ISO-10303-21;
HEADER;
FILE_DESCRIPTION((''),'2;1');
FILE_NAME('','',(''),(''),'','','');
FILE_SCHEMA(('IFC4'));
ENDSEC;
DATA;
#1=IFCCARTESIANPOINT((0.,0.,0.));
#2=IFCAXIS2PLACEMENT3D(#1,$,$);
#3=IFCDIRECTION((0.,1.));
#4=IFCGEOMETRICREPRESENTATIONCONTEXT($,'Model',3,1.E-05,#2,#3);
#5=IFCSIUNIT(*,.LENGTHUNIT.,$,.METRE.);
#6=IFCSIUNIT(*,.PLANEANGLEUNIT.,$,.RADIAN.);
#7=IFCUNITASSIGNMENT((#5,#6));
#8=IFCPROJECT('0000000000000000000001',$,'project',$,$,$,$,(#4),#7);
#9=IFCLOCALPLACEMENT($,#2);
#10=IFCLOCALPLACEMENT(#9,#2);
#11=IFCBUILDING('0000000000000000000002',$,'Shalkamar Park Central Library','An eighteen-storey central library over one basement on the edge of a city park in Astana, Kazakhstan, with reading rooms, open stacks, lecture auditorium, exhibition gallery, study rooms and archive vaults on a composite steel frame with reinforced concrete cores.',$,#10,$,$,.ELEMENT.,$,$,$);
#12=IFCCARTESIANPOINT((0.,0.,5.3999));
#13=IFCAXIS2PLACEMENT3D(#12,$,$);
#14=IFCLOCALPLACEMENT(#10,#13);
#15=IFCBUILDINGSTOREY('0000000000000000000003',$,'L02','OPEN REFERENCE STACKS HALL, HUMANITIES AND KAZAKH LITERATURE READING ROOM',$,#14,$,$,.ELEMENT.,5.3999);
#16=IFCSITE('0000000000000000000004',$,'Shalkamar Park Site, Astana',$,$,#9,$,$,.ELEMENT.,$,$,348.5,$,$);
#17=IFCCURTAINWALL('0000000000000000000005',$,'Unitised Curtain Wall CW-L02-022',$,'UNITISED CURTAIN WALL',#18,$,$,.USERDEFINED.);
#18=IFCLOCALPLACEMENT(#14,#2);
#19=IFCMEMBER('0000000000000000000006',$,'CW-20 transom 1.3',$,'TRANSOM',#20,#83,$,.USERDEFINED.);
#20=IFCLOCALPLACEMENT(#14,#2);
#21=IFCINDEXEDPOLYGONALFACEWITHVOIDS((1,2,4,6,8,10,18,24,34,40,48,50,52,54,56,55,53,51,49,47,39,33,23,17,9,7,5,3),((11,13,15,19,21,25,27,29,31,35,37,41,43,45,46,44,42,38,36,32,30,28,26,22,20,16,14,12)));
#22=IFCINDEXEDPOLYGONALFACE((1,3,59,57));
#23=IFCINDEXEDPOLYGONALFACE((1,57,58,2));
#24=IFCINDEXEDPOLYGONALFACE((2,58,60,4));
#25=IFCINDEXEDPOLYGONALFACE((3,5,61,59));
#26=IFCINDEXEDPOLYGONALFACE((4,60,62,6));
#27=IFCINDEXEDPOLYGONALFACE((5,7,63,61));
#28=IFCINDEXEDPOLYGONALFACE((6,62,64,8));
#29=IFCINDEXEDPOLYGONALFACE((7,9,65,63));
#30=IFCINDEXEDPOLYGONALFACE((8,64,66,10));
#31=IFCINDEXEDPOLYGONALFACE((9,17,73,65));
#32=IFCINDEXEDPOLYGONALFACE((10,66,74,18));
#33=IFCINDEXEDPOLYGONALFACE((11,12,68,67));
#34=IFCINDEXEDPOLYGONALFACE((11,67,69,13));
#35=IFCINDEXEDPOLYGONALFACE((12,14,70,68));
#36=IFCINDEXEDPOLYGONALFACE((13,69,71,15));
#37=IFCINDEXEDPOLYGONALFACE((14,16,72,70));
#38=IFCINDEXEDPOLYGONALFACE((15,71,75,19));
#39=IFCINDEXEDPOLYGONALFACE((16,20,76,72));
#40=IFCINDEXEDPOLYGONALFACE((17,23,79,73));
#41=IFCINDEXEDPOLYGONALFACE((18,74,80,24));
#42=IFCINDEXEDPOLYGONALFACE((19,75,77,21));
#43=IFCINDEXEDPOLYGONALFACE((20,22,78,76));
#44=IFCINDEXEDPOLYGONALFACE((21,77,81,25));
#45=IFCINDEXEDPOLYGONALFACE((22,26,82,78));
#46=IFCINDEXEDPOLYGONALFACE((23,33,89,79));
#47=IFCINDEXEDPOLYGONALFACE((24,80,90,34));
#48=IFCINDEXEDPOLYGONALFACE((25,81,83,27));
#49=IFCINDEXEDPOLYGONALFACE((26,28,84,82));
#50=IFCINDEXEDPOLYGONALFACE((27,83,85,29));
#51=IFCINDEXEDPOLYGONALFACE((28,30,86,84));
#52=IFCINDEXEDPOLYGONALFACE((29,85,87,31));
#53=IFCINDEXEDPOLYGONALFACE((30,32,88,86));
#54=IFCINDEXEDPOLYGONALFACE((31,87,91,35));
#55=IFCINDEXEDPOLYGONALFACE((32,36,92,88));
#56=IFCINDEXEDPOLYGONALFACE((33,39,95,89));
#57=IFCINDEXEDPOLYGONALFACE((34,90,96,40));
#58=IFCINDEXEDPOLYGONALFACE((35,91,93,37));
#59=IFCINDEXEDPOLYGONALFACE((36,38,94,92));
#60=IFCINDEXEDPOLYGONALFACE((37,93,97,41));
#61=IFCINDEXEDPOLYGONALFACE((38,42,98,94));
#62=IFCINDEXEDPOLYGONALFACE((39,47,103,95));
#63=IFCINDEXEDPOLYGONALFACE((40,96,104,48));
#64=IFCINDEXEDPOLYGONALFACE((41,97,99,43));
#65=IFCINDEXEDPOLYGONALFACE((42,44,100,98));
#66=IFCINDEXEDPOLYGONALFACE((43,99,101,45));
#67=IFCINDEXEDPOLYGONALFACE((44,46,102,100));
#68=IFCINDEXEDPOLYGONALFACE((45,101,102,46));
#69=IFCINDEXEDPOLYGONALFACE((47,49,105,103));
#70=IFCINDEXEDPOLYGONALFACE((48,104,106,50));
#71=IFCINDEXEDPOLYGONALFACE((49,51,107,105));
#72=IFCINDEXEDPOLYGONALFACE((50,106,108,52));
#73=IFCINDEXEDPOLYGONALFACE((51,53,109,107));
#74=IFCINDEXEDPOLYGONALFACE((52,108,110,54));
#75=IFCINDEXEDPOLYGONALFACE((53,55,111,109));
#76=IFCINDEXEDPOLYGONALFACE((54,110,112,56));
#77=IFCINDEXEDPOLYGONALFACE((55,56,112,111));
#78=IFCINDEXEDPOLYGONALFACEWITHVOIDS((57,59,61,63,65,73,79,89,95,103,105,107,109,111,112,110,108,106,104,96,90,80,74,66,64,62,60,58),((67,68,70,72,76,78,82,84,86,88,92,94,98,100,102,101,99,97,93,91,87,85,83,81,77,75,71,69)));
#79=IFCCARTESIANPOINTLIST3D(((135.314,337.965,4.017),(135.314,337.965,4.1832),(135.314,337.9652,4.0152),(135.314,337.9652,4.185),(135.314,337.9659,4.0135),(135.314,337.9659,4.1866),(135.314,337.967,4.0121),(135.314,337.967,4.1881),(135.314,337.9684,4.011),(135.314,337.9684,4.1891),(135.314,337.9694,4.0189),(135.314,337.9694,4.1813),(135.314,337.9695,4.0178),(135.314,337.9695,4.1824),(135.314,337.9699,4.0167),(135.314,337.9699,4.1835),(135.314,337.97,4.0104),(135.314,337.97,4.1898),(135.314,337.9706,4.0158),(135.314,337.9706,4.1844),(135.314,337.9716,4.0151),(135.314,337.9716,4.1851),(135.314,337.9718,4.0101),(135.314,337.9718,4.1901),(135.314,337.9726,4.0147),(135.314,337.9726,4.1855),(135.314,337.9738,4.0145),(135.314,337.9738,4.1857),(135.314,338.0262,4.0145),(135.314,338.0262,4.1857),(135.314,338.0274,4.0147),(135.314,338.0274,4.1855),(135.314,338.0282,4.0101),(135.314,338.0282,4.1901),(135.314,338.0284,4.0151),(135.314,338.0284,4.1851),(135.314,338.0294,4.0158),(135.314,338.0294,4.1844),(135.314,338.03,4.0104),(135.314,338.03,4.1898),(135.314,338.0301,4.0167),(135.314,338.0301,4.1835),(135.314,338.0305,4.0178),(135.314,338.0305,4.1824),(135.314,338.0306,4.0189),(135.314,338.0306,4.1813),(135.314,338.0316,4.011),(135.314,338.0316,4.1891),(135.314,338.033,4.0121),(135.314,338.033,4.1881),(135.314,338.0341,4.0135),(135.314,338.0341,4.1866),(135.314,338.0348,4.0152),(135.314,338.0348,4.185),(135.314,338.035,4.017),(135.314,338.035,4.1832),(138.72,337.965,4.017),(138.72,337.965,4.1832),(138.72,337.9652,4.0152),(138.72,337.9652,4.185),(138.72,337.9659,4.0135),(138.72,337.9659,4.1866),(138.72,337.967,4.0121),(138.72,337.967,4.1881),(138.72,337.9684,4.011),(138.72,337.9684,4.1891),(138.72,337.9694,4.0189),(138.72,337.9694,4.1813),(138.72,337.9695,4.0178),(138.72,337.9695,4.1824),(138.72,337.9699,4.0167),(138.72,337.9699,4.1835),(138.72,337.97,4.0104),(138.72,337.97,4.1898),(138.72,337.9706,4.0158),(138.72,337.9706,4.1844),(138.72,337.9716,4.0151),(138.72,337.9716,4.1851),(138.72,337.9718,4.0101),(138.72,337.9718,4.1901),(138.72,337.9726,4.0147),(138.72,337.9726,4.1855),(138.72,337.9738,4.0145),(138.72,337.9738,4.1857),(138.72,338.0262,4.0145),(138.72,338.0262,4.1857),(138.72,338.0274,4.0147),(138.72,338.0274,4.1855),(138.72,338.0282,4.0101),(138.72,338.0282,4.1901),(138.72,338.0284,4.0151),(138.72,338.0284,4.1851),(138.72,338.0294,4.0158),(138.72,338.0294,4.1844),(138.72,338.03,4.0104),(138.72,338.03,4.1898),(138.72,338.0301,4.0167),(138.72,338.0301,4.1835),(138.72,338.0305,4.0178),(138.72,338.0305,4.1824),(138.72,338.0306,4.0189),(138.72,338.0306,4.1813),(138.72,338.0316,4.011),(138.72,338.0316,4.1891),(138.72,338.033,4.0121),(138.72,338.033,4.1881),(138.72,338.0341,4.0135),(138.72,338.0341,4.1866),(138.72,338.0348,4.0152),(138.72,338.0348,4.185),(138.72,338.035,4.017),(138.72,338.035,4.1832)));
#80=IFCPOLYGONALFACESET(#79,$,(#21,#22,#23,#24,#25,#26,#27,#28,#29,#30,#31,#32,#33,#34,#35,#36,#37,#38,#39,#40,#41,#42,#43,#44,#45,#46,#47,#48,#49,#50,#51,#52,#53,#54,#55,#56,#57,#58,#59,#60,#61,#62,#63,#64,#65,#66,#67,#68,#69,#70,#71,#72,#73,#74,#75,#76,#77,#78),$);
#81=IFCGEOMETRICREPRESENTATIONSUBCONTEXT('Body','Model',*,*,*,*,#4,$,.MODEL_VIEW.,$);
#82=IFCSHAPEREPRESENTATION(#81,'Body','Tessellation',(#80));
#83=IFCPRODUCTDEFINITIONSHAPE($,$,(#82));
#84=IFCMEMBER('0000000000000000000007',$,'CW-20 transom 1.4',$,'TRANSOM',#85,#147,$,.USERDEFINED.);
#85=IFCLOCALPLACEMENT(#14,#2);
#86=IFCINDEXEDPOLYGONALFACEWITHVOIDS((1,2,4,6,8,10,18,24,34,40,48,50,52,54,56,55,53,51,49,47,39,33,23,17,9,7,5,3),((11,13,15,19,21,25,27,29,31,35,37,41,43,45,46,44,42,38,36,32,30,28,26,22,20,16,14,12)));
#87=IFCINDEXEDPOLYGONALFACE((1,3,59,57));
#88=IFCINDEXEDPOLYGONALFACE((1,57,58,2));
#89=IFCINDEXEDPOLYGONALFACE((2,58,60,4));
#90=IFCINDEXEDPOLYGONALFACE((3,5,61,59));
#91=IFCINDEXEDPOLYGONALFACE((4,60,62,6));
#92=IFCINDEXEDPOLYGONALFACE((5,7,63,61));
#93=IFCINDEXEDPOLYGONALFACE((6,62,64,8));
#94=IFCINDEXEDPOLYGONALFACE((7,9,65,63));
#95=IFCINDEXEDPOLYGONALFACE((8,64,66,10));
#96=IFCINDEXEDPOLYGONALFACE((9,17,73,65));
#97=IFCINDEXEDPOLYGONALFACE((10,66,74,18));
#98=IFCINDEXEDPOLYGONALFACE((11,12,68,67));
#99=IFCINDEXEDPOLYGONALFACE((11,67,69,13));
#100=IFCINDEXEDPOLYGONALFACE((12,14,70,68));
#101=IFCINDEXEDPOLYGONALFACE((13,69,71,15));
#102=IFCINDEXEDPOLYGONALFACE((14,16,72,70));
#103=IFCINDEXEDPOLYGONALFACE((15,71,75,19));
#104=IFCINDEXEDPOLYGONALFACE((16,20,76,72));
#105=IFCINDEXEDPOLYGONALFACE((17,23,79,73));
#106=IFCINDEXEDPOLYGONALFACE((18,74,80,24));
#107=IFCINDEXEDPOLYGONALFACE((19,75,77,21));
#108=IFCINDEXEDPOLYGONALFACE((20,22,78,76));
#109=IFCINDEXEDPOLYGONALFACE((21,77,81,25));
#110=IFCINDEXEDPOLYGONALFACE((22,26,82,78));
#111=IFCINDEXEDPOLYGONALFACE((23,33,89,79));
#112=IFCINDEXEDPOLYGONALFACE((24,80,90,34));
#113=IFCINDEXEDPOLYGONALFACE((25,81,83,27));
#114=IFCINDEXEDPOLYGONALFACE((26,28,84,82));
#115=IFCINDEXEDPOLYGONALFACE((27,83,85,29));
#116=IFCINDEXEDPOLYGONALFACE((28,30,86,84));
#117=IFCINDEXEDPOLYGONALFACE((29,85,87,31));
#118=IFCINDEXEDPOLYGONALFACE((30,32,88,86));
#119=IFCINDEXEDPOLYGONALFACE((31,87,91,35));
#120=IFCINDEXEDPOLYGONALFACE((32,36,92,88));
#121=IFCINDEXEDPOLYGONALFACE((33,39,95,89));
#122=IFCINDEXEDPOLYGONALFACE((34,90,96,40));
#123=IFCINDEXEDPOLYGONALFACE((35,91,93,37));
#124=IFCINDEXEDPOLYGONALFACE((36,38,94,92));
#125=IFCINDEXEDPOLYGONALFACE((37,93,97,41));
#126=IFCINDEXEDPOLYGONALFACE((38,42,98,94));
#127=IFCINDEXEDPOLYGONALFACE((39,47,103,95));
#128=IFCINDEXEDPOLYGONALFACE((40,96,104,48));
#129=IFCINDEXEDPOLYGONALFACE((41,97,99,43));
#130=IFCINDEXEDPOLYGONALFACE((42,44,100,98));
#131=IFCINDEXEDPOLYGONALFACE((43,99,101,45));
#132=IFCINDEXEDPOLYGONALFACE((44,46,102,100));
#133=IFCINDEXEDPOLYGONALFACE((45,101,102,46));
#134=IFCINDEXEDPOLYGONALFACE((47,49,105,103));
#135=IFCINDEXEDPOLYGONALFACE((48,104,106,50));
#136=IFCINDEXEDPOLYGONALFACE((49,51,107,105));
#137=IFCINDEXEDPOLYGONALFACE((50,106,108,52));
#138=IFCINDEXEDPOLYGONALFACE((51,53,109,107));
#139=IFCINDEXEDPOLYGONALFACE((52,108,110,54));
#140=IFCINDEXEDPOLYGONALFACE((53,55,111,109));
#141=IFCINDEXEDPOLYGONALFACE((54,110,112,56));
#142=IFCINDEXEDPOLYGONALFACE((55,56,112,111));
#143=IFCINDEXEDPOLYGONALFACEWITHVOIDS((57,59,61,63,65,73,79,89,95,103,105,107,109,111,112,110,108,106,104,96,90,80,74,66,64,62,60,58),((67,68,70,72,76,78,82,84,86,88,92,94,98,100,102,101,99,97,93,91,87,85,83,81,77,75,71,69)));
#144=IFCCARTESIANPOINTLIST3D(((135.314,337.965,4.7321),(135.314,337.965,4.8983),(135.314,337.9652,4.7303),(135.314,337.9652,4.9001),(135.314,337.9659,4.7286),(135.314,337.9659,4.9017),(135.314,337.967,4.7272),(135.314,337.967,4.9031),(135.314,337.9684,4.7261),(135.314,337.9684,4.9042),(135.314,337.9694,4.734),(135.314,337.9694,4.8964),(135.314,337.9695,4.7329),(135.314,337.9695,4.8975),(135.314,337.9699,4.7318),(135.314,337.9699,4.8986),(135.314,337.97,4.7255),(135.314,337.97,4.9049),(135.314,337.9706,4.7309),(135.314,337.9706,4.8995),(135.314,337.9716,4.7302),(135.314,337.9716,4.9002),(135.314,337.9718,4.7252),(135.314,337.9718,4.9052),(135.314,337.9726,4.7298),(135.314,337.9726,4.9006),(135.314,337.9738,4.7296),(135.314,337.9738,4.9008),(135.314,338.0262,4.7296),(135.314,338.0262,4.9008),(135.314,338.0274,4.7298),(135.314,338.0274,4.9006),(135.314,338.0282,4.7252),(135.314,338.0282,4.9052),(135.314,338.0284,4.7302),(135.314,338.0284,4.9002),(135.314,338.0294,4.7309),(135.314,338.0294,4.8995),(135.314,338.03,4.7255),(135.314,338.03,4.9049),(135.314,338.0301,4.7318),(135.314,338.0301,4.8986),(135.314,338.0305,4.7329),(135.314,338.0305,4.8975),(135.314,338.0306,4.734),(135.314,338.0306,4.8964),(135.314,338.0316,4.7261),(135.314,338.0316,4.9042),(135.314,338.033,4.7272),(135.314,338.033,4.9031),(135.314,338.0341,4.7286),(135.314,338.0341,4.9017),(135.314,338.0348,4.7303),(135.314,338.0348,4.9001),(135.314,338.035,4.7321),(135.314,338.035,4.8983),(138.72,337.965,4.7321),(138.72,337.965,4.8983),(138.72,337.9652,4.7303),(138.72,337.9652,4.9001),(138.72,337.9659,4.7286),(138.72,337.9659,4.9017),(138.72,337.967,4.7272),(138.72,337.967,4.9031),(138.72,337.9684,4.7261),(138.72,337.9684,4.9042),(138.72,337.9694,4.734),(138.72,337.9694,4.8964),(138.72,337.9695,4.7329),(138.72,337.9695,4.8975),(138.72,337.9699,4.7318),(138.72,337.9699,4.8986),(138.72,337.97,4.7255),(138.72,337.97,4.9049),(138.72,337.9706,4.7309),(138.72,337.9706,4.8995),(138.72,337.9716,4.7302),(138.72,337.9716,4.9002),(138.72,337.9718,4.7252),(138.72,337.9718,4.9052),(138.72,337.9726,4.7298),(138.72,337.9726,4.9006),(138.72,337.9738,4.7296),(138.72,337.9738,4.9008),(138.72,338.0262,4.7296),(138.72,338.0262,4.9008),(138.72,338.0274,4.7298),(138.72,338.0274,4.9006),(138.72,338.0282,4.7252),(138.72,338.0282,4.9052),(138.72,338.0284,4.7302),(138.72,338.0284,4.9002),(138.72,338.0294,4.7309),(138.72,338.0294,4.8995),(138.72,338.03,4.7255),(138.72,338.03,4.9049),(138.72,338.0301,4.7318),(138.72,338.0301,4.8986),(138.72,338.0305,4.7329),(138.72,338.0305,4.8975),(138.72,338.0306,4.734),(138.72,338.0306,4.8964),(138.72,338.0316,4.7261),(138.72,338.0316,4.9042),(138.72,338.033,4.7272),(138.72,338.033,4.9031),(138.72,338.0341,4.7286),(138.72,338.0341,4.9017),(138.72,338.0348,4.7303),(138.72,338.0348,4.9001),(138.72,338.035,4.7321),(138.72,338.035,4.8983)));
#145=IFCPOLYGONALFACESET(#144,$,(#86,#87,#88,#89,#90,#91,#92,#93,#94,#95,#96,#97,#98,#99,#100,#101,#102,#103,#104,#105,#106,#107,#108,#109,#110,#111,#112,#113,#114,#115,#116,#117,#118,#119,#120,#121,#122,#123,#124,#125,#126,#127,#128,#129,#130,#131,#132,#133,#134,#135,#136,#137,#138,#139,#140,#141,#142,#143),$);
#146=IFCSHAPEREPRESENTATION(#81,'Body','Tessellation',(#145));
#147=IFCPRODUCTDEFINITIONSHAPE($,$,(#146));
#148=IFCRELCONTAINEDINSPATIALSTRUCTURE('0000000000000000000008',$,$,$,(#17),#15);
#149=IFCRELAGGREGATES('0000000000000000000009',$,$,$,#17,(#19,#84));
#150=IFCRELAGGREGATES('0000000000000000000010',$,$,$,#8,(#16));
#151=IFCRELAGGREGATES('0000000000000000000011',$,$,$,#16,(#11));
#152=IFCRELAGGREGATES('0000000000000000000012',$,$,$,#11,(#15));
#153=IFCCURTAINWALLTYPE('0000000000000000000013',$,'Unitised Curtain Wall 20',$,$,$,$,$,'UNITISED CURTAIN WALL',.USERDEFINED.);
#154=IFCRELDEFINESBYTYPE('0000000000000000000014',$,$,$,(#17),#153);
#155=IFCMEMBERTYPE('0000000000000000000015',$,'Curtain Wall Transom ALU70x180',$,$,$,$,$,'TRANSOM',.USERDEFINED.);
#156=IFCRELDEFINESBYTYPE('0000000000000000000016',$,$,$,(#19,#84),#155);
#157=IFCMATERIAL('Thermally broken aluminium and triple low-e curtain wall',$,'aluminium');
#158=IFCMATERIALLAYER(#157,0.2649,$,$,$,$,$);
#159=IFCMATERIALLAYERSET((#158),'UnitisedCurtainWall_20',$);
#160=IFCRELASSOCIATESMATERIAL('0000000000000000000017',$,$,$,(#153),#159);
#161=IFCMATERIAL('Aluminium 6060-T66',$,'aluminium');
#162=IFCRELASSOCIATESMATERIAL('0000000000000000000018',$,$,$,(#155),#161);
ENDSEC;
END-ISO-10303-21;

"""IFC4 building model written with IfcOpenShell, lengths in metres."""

from ifc_helpers import new_model, si_unit, direction, frame, origin, origin_2d, place, context, subcontext, project, spatial, hollow_rectangle, extrude, material, layer, layer_set, material_profile, profile_set, type_object, element, aggregate, save


model = new_model("IFC4")

# Units and contexts
model_context = context("Model", 3, precision=1e-05, world=origin(), true_north=direction((0.0, 1.0)))
body_context = subcontext(model_context, "Body", "Model", "MODEL_VIEW")
ifc_project = project(units=[si_unit("LENGTHUNIT", "METRE"), si_unit("PLANEANGLEUNIT", "RADIAN")], contexts=[model_context])

# Site, building, storey
site_placement = place(None, origin())
site = spatial("IfcSite", under=ifc_project, at=site_placement, Name="Shalkamar Park Site, Astana", CompositionType="ELEMENT", RefElevation=348.5)
building_placement = place(site_placement, origin())
building = spatial("IfcBuilding", under=site, at=building_placement, Name="Shalkamar Park Central Library", Description="An eighteen-storey central library over one basement on the edge of a city park in Astana, Kazakhstan, with reading rooms, open stacks, lecture auditorium, exhibition gallery, study rooms and archive vaults on a composite steel frame with reinforced concrete cores.", CompositionType="ELEMENT")
storey_placement = place(building_placement, frame((0.0, 0.0, 5.3999)))
storey = spatial("IfcBuildingStorey", under=building, at=storey_placement, Name="L02", Description="OPEN REFERENCE STACKS HALL, HUMANITIES AND KAZAKH LITERATURE READING ROOM", CompositionType="ELEMENT", Elevation=5.3999)

# Curtain wall
ifc_material_1 = material(Name="Thermally broken aluminium and triple low-e curtain wall", Category="aluminium")
ifc_layer_1 = layer(ifc_material_1, 0.2649)
ifc_layer_set_1 = layer_set([ifc_layer_1], Name="UnitisedCurtainWall_20")
curtain_wall_type_1 = type_object("IfcCurtainWallType", Name="Unitised Curtain Wall 20", ElementType="UNITISED CURTAIN WALL", PredefinedType="USERDEFINED", material=ifc_layer_set_1)
curtain_wall_1_placement = place(storey_placement, origin())
curtain_wall_1 = element("IfcCurtainWall", 1, at=curtain_wall_1_placement, inside=storey, type_object=curtain_wall_type_1, Name="Unitised Curtain Wall CW-L02-022", ObjectType="UNITISED CURTAIN WALL", PredefinedType="USERDEFINED")
ifc_material_2 = material(Name="Aluminium 6060-T66", Category="aluminium")

# Members
ifc_material_profile_1 = material_profile(ifc_material_2, hollow_rectangle(XDim=0.0701, YDim=0.1799, WallThickness=0.0044, InnerFilletRadius=0.0044, OuterFilletRadius=0.0068, at=origin_2d()), Name="ALU 70x180x4.5")
ifc_profile_set_1 = profile_set([ifc_material_profile_1], Name="Aluminium 6060-T66")
member_type_1 = type_object("IfcMemberType", Name="Curtain Wall Transom ALU70x180", ElementType="TRANSOM", PredefinedType="USERDEFINED", material=ifc_profile_set_1)
member_1_placement = place(storey_placement, frame((135.314, 338.0, 4.1001), z_axis=(1.0, 0.0, 0.0), x_axis=(0.0, 1.0, 0.0)))
member_1 = element("IfcMember", 2, at=member_1_placement, type_object=member_type_1, Name="CW-20 transom 1.3", ObjectType="TRANSOM", PredefinedType="USERDEFINED", context=body_context, shape_type="SweptSolid", body=[
    extrude(hollow_rectangle(XDim=0.0701, YDim=0.1799, WallThickness=0.0044, InnerFilletRadius=0.0044, OuterFilletRadius=0.0068, at=origin_2d()), origin(), (0.0, 0.0, 1.0), 3.406),
])
member_2_placement = place(storey_placement, frame((135.314, 338.0, 4.8152), z_axis=(1.0, 0.0, 0.0), x_axis=(0.0, 1.0, 0.0)))
member_2 = element("IfcMember", 3, at=member_2_placement, type_object=member_type_1, Name="CW-20 transom 1.4", ObjectType="TRANSOM", PredefinedType="USERDEFINED", context=body_context, shape_type="SweptSolid", body=[
    extrude(hollow_rectangle(XDim=0.0701, YDim=0.1799, WallThickness=0.0044, InnerFilletRadius=0.0044, OuterFilletRadius=0.0068, at=origin_2d()), origin(), (0.0, 0.0, 1.0), 3.406),
])

aggregate(curtain_wall_1, [member_1, member_2])

save(model, "model.ifc")
